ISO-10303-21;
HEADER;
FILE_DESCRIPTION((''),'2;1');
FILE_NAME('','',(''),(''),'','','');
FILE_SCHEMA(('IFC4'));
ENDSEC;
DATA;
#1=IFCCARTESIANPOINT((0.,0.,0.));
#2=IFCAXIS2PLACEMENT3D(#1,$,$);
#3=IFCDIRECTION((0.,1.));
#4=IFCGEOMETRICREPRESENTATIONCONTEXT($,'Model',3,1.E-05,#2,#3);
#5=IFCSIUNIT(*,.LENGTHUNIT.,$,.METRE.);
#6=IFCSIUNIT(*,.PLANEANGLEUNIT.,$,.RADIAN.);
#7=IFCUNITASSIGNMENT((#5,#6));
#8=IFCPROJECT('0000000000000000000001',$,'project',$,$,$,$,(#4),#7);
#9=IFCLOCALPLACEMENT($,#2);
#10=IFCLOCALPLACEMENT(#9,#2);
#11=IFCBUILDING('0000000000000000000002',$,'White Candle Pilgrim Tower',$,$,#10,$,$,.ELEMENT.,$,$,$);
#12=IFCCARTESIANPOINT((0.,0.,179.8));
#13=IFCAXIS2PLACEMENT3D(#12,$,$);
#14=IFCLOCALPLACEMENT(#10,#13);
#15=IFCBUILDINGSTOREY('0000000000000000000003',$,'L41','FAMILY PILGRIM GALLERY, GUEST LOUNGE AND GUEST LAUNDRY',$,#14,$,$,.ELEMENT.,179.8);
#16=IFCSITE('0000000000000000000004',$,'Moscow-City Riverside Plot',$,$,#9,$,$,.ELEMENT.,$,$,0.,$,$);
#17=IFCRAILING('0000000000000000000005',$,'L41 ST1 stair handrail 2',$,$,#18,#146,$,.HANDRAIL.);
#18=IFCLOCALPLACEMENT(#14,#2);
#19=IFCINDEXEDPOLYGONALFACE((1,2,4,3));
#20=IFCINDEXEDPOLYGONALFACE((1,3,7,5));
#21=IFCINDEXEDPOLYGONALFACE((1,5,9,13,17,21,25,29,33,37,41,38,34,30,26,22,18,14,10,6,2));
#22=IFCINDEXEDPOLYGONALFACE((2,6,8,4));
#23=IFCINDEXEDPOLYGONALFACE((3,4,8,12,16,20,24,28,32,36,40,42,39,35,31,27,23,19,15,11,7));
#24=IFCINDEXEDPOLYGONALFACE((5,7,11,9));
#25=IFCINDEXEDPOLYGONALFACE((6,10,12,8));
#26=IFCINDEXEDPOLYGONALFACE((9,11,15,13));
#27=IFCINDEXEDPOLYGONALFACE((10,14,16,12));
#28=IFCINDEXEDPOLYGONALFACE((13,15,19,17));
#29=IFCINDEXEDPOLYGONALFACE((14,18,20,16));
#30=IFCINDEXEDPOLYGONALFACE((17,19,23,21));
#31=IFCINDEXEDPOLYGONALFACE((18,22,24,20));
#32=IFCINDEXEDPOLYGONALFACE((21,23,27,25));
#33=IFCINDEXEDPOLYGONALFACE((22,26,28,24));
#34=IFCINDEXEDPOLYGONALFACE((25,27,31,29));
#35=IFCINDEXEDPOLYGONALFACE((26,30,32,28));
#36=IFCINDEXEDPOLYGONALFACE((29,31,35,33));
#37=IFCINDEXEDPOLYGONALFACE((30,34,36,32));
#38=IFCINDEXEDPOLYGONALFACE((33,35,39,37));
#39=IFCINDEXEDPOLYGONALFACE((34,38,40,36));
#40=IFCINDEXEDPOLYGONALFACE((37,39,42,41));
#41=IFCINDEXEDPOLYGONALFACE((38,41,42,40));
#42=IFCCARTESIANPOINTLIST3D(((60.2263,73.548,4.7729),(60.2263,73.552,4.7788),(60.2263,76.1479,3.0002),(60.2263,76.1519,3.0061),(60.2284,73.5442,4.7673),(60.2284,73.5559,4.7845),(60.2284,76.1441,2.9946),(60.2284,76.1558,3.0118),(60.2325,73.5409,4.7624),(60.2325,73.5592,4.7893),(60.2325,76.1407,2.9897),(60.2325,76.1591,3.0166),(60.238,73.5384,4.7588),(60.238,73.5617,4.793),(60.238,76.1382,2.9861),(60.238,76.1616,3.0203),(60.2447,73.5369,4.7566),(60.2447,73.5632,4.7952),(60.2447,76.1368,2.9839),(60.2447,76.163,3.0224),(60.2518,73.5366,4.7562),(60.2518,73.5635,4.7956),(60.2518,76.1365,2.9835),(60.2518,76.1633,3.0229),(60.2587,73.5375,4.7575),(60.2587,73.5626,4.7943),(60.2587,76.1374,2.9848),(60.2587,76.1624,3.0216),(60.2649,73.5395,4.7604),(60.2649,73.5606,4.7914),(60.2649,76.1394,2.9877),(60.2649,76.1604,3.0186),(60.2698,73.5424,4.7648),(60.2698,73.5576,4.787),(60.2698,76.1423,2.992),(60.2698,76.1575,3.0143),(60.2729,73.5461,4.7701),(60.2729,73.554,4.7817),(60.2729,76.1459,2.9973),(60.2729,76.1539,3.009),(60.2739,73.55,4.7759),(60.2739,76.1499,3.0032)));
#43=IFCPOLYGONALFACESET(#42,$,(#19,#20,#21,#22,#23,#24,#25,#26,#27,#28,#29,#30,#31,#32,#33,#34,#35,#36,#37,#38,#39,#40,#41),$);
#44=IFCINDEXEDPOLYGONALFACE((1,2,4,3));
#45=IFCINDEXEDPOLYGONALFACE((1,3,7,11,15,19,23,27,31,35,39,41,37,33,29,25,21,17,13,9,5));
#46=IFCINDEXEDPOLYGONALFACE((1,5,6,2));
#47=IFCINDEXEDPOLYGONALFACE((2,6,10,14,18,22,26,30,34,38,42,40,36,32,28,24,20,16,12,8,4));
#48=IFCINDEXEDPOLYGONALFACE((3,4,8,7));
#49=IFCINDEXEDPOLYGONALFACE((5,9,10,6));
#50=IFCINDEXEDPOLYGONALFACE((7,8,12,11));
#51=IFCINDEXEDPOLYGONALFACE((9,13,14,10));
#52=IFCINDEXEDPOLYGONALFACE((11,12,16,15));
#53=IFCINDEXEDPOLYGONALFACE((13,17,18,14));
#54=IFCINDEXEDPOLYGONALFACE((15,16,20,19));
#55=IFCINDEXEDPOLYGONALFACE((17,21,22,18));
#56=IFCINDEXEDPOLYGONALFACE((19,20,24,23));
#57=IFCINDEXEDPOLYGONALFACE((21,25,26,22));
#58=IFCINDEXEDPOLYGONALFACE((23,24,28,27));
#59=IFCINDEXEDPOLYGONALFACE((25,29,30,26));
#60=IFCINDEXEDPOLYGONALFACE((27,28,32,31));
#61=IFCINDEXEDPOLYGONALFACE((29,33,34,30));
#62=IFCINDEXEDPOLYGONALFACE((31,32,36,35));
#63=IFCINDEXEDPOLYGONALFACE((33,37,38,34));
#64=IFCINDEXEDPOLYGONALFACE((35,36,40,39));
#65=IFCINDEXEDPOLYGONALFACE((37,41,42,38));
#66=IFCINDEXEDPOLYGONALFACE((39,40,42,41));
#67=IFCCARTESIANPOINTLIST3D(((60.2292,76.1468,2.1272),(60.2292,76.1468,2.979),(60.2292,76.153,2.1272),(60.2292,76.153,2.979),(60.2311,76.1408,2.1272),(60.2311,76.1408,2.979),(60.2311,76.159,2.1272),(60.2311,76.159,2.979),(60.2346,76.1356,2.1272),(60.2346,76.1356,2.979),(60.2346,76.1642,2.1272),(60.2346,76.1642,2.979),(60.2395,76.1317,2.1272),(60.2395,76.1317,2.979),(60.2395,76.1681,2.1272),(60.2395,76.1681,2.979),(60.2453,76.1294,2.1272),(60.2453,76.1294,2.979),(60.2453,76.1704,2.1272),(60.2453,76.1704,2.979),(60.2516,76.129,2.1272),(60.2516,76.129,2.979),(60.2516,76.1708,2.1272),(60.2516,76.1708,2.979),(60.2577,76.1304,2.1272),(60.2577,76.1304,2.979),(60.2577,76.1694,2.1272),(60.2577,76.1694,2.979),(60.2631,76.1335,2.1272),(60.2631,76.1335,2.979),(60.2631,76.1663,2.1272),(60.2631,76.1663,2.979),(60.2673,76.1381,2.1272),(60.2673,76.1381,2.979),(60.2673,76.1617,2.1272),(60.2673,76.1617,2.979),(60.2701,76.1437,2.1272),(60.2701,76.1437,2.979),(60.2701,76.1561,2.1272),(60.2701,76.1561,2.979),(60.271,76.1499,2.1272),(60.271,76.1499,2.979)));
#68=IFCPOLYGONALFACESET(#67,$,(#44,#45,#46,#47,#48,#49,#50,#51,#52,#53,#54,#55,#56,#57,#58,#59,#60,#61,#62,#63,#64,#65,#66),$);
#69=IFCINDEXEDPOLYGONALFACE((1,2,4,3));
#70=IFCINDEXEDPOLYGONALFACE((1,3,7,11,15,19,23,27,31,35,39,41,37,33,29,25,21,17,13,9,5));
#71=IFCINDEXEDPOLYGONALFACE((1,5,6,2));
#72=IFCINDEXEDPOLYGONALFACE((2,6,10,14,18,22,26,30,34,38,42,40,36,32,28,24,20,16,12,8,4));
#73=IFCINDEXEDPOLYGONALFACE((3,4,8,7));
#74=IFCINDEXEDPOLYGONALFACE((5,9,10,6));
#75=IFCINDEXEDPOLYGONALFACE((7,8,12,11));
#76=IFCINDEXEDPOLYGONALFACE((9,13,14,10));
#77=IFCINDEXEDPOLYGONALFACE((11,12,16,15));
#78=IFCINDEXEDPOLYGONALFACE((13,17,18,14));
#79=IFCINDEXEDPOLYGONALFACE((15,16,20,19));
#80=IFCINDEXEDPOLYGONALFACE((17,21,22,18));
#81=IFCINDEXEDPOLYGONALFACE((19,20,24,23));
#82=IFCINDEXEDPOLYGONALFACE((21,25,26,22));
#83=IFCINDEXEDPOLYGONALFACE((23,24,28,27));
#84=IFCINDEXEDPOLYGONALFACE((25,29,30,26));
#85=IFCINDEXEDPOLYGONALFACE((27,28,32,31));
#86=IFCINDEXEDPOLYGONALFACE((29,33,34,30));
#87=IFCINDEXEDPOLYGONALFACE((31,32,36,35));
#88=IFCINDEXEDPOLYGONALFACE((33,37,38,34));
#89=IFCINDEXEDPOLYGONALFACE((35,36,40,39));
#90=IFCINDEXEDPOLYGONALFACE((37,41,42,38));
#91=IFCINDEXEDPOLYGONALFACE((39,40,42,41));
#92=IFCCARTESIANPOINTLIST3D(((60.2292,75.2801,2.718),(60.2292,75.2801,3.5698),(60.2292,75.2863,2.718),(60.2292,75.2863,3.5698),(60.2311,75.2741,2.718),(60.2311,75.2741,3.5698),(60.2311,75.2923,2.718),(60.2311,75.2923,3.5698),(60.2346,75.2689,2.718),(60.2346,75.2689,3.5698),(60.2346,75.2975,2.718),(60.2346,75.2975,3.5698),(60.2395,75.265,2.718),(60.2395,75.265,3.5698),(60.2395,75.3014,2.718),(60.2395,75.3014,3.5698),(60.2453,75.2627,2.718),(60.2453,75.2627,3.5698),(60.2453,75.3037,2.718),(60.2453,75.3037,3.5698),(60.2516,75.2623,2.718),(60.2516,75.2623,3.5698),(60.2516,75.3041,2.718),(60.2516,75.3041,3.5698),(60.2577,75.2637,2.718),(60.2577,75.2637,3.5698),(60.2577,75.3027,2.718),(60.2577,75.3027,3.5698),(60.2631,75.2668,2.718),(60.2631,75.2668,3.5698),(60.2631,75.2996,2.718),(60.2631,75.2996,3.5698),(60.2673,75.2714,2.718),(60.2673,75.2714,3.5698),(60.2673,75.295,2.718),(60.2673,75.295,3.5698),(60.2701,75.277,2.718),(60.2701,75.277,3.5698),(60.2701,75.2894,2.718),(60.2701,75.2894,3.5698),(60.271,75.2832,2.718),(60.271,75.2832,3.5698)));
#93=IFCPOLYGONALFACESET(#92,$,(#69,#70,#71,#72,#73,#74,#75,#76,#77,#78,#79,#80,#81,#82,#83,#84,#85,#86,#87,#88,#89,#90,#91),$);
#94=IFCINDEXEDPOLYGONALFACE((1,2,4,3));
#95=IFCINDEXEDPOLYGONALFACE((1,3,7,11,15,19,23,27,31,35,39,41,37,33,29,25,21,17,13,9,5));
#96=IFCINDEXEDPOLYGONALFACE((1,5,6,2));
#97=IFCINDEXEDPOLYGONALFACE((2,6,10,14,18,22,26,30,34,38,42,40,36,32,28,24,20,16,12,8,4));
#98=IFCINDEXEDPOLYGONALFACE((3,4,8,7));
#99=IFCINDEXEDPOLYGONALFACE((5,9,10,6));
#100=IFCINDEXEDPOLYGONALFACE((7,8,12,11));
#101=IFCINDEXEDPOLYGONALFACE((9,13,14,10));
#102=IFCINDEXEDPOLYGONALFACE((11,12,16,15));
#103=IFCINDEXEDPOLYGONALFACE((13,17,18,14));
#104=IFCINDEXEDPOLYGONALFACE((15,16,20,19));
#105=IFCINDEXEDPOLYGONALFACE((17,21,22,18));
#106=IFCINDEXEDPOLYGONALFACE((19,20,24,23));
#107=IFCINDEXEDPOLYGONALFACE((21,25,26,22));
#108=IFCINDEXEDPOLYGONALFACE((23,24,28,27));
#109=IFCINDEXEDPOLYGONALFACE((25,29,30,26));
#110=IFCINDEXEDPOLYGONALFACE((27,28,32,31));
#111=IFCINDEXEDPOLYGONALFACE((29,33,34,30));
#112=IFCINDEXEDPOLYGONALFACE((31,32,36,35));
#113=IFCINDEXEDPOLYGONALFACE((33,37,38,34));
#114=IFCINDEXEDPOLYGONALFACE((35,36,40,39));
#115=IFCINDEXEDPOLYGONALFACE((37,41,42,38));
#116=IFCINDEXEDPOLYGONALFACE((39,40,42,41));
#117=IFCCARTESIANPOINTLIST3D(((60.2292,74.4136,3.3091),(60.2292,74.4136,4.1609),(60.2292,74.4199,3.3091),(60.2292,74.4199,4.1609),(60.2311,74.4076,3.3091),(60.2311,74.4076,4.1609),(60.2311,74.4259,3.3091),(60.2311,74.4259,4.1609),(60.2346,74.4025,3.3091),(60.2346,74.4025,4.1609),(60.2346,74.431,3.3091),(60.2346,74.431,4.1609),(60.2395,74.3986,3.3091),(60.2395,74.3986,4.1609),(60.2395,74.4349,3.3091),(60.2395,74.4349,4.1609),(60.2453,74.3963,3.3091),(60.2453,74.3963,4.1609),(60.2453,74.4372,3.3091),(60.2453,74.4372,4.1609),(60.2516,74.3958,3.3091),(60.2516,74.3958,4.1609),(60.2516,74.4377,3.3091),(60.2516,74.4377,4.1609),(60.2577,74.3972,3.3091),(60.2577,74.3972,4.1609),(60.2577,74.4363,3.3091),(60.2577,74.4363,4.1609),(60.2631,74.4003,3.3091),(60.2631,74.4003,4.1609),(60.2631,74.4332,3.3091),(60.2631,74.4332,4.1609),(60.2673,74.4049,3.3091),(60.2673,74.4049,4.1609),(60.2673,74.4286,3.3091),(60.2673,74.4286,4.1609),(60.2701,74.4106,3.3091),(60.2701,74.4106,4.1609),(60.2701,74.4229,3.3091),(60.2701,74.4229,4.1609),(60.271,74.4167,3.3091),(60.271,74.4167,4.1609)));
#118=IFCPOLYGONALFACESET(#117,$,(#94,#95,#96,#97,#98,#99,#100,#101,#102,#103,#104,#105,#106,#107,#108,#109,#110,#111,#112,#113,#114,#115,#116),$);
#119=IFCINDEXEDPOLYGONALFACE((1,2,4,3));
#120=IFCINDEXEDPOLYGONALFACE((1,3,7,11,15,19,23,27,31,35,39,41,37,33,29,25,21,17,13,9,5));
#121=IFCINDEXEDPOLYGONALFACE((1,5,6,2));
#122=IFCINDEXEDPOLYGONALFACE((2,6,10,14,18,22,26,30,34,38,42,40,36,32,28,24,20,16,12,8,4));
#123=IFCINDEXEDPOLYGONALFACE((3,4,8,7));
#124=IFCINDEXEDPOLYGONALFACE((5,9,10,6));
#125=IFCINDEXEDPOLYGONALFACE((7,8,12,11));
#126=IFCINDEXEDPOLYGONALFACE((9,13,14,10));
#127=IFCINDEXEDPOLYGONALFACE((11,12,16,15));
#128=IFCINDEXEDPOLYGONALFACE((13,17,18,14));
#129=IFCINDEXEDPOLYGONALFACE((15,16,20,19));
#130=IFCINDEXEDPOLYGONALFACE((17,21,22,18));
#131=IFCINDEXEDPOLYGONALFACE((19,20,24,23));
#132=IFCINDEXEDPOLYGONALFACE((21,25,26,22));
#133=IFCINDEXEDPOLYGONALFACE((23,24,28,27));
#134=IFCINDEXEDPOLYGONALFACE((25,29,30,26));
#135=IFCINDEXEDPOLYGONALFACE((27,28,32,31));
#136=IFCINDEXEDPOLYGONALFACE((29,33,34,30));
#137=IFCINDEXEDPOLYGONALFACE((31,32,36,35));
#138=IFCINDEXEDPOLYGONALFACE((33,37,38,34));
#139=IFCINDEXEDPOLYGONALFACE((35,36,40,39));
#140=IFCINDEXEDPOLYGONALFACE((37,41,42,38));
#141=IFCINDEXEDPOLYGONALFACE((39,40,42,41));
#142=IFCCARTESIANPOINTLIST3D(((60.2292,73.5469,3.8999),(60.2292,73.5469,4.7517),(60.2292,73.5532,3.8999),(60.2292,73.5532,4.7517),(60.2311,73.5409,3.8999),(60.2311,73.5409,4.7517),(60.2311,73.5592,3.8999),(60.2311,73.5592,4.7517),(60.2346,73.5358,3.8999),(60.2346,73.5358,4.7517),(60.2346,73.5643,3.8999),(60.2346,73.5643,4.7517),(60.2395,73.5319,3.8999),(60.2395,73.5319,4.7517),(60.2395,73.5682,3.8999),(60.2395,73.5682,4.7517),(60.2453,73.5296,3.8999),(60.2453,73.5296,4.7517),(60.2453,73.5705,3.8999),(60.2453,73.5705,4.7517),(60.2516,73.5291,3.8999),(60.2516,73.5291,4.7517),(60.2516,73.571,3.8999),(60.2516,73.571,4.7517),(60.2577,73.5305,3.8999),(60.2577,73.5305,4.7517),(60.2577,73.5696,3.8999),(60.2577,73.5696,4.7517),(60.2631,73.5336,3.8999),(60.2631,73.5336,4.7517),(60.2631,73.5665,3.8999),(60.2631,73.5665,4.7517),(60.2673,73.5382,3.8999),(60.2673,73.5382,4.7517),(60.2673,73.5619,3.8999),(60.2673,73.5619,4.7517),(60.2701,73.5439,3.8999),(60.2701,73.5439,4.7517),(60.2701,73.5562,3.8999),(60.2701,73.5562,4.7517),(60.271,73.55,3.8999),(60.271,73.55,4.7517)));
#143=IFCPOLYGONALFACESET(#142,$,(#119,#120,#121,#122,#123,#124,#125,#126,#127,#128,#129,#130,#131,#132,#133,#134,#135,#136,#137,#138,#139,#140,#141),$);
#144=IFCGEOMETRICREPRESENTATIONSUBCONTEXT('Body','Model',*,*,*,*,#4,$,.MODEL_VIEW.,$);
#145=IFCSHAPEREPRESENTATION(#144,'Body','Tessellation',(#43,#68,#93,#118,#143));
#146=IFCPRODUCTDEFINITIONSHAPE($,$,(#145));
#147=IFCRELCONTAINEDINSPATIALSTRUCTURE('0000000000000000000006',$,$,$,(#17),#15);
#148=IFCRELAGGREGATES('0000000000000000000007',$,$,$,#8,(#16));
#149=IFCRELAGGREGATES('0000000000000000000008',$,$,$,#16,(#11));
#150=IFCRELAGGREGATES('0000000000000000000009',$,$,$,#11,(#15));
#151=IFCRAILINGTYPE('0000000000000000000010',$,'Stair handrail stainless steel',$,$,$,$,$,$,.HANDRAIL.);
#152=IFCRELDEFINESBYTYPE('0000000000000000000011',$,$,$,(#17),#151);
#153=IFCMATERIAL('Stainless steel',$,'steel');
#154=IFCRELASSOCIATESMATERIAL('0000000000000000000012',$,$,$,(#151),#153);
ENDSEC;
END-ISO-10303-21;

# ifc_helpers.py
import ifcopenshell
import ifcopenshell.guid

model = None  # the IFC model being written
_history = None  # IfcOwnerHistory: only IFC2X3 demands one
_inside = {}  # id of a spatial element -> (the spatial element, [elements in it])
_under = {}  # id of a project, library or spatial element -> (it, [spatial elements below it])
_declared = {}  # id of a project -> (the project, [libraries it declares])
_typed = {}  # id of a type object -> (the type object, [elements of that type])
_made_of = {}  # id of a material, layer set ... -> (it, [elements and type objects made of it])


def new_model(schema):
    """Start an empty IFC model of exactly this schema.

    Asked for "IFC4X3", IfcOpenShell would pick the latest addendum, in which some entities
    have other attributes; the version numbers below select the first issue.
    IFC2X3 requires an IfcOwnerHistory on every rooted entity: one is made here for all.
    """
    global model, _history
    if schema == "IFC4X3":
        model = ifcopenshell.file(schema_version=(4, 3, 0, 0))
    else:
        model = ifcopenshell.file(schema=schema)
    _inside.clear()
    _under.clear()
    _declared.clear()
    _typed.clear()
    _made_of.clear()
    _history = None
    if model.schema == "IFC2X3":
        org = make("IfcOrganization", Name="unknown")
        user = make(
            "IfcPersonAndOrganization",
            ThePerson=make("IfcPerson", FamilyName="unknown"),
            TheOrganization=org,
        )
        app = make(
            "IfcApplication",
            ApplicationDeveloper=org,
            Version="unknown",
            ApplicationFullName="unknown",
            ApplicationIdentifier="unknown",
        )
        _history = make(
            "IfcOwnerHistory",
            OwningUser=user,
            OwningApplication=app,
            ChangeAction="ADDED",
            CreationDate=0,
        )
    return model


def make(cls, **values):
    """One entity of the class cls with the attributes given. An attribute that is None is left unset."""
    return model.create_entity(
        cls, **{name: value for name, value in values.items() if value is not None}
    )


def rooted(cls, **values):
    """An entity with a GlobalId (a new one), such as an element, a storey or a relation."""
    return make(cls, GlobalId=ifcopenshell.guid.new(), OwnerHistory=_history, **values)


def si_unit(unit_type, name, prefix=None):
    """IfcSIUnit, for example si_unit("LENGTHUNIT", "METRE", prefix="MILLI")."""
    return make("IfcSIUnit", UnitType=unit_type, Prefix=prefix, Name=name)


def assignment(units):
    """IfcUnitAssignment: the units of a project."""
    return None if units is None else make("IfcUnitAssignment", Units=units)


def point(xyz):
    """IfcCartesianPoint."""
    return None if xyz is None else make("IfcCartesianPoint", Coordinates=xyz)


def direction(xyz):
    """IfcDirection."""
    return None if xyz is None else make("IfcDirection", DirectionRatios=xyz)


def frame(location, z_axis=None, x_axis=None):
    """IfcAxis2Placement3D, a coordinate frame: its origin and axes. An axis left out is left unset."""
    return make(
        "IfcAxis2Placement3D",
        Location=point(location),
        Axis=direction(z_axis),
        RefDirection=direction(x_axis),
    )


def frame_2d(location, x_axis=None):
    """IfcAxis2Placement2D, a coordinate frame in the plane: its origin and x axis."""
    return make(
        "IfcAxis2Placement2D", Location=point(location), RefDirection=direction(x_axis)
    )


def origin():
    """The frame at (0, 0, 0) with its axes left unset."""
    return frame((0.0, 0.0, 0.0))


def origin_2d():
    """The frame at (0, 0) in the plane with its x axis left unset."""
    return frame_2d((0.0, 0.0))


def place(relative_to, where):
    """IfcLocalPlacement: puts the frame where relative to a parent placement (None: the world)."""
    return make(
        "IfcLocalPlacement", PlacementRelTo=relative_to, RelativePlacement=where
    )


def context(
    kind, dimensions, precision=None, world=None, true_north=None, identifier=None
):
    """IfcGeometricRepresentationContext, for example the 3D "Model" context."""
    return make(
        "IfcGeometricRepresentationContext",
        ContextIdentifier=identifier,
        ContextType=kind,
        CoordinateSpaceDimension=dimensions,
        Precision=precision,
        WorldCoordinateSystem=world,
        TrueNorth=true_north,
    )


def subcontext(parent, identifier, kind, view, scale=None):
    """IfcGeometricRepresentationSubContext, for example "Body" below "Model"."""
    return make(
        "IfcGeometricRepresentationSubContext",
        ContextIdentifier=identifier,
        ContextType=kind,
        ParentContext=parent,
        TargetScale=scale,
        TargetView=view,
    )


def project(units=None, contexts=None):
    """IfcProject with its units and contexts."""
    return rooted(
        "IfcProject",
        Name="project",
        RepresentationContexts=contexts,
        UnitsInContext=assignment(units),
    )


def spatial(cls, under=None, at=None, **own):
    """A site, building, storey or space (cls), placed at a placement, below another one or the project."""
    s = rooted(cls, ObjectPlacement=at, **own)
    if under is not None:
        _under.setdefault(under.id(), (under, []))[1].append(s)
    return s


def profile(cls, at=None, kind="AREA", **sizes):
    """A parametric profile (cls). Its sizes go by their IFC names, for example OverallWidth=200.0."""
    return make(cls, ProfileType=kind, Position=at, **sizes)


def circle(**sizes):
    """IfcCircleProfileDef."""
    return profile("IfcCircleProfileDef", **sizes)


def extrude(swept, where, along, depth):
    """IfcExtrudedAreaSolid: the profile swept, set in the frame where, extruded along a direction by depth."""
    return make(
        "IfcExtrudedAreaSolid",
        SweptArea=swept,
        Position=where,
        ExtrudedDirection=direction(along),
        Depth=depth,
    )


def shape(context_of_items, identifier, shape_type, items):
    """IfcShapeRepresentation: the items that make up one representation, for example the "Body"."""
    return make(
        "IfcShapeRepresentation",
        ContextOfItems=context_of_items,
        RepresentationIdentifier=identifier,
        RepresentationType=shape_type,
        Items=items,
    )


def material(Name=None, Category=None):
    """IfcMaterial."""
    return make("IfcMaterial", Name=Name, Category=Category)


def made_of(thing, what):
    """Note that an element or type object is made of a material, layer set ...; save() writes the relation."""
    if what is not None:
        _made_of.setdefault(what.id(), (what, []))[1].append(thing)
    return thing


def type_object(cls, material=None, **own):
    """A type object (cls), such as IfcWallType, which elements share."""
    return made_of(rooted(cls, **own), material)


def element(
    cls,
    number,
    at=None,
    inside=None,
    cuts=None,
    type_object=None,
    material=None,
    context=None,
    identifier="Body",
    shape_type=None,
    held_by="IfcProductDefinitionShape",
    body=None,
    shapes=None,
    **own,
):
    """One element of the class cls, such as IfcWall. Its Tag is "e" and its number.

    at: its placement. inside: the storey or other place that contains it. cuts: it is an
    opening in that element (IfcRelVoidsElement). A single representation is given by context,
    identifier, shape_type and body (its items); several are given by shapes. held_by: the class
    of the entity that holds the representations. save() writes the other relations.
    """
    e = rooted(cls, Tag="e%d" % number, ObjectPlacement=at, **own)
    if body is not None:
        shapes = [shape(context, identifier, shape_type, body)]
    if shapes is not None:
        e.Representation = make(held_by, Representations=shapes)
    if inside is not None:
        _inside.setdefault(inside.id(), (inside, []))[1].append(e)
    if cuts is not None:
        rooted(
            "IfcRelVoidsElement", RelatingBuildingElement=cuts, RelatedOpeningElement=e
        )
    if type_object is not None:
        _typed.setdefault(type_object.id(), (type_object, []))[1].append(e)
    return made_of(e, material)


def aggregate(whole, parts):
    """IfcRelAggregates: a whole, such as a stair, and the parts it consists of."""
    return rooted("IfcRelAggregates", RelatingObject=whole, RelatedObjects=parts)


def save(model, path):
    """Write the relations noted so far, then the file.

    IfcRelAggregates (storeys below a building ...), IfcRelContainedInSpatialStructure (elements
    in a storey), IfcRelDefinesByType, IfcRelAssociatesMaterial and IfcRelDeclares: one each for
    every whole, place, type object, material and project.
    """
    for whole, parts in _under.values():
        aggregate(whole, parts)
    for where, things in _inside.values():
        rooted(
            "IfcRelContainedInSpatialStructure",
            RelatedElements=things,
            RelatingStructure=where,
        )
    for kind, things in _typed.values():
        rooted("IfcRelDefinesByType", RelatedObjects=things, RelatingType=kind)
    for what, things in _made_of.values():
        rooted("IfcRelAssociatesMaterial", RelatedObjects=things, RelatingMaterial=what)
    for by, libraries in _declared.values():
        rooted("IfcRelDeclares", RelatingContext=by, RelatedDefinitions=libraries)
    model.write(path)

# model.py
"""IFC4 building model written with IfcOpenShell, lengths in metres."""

from ifc_helpers import new_model, si_unit, direction, frame, origin, origin_2d, place, context, subcontext, project, spatial, circle, extrude, material, type_object, element, save


model = new_model("IFC4")

# Units and contexts
model_context = context("Model", 3, precision=1e-05, world=origin(), true_north=direction((0.0, 1.0)))
body_context = subcontext(model_context, "Body", "Model", "MODEL_VIEW")
ifc_project = project(units=[si_unit("LENGTHUNIT", "METRE"), si_unit("PLANEANGLEUNIT", "RADIAN")], contexts=[model_context])

# Site, building, storey
site_placement = place(None, origin())
site = spatial("IfcSite", under=ifc_project, at=site_placement, Name="Moscow-City Riverside Plot", CompositionType="ELEMENT", RefElevation=0.0)
building_placement = place(site_placement, origin())
building = spatial("IfcBuilding", under=site, at=building_placement, Name="White Candle Pilgrim Tower", CompositionType="ELEMENT")
storey_placement = place(building_placement, frame((0.0, 0.0, 179.8)))
storey = spatial("IfcBuildingStorey", under=building, at=storey_placement, Name="L41", Description="FAMILY PILGRIM GALLERY, GUEST LOUNGE AND GUEST LAUNDRY", CompositionType="ELEMENT", Elevation=179.8)

# Shared definitions
ifc_material_1 = material(Name="Stainless steel", Category="steel")

# Railing
railing_type_1 = type_object("IfcRailingType", Name="Stair handrail stainless steel", PredefinedType="HANDRAIL", material=ifc_material_1)
railing_1_placement = place(storey_placement, frame((60.25, 76.1499, 2.1272)))
element("IfcRailing", 1, at=railing_1_placement, inside=storey, type_object=railing_type_1, Name="L41 ST1 stair handrail 2", PredefinedType="HANDRAIL", context=body_context, shape_type="SweptSolid", body=[
    extrude(circle(Radius=0.0239, at=origin_2d()), frame((0.0, 0.0, 0.876), z_axis=(0.0, -0.826216, 0.563354), x_axis=(1.0, 0.0, 0.0)), (0.0, 0.0, 1.0), 3.1467),
    extrude(circle(Radius=0.021, at=origin_2d()), origin(), (0.0, 0.0, 1.0), 0.8518),
    extrude(circle(Radius=0.021, at=origin_2d()), frame((0.0, -0.8667, 0.5908)), (0.0, 0.0, 1.0), 0.8518),
    extrude(circle(Radius=0.021, at=origin_2d()), frame((0.0, -1.7332, 1.1819)), (0.0, 0.0, 1.0), 0.8518),
    extrude(circle(Radius=0.021, at=origin_2d()), frame((0.0, -2.5999, 1.7727)), (0.0, 0.0, 1.0), 0.8518),
])

save(model, "model.ifc")
